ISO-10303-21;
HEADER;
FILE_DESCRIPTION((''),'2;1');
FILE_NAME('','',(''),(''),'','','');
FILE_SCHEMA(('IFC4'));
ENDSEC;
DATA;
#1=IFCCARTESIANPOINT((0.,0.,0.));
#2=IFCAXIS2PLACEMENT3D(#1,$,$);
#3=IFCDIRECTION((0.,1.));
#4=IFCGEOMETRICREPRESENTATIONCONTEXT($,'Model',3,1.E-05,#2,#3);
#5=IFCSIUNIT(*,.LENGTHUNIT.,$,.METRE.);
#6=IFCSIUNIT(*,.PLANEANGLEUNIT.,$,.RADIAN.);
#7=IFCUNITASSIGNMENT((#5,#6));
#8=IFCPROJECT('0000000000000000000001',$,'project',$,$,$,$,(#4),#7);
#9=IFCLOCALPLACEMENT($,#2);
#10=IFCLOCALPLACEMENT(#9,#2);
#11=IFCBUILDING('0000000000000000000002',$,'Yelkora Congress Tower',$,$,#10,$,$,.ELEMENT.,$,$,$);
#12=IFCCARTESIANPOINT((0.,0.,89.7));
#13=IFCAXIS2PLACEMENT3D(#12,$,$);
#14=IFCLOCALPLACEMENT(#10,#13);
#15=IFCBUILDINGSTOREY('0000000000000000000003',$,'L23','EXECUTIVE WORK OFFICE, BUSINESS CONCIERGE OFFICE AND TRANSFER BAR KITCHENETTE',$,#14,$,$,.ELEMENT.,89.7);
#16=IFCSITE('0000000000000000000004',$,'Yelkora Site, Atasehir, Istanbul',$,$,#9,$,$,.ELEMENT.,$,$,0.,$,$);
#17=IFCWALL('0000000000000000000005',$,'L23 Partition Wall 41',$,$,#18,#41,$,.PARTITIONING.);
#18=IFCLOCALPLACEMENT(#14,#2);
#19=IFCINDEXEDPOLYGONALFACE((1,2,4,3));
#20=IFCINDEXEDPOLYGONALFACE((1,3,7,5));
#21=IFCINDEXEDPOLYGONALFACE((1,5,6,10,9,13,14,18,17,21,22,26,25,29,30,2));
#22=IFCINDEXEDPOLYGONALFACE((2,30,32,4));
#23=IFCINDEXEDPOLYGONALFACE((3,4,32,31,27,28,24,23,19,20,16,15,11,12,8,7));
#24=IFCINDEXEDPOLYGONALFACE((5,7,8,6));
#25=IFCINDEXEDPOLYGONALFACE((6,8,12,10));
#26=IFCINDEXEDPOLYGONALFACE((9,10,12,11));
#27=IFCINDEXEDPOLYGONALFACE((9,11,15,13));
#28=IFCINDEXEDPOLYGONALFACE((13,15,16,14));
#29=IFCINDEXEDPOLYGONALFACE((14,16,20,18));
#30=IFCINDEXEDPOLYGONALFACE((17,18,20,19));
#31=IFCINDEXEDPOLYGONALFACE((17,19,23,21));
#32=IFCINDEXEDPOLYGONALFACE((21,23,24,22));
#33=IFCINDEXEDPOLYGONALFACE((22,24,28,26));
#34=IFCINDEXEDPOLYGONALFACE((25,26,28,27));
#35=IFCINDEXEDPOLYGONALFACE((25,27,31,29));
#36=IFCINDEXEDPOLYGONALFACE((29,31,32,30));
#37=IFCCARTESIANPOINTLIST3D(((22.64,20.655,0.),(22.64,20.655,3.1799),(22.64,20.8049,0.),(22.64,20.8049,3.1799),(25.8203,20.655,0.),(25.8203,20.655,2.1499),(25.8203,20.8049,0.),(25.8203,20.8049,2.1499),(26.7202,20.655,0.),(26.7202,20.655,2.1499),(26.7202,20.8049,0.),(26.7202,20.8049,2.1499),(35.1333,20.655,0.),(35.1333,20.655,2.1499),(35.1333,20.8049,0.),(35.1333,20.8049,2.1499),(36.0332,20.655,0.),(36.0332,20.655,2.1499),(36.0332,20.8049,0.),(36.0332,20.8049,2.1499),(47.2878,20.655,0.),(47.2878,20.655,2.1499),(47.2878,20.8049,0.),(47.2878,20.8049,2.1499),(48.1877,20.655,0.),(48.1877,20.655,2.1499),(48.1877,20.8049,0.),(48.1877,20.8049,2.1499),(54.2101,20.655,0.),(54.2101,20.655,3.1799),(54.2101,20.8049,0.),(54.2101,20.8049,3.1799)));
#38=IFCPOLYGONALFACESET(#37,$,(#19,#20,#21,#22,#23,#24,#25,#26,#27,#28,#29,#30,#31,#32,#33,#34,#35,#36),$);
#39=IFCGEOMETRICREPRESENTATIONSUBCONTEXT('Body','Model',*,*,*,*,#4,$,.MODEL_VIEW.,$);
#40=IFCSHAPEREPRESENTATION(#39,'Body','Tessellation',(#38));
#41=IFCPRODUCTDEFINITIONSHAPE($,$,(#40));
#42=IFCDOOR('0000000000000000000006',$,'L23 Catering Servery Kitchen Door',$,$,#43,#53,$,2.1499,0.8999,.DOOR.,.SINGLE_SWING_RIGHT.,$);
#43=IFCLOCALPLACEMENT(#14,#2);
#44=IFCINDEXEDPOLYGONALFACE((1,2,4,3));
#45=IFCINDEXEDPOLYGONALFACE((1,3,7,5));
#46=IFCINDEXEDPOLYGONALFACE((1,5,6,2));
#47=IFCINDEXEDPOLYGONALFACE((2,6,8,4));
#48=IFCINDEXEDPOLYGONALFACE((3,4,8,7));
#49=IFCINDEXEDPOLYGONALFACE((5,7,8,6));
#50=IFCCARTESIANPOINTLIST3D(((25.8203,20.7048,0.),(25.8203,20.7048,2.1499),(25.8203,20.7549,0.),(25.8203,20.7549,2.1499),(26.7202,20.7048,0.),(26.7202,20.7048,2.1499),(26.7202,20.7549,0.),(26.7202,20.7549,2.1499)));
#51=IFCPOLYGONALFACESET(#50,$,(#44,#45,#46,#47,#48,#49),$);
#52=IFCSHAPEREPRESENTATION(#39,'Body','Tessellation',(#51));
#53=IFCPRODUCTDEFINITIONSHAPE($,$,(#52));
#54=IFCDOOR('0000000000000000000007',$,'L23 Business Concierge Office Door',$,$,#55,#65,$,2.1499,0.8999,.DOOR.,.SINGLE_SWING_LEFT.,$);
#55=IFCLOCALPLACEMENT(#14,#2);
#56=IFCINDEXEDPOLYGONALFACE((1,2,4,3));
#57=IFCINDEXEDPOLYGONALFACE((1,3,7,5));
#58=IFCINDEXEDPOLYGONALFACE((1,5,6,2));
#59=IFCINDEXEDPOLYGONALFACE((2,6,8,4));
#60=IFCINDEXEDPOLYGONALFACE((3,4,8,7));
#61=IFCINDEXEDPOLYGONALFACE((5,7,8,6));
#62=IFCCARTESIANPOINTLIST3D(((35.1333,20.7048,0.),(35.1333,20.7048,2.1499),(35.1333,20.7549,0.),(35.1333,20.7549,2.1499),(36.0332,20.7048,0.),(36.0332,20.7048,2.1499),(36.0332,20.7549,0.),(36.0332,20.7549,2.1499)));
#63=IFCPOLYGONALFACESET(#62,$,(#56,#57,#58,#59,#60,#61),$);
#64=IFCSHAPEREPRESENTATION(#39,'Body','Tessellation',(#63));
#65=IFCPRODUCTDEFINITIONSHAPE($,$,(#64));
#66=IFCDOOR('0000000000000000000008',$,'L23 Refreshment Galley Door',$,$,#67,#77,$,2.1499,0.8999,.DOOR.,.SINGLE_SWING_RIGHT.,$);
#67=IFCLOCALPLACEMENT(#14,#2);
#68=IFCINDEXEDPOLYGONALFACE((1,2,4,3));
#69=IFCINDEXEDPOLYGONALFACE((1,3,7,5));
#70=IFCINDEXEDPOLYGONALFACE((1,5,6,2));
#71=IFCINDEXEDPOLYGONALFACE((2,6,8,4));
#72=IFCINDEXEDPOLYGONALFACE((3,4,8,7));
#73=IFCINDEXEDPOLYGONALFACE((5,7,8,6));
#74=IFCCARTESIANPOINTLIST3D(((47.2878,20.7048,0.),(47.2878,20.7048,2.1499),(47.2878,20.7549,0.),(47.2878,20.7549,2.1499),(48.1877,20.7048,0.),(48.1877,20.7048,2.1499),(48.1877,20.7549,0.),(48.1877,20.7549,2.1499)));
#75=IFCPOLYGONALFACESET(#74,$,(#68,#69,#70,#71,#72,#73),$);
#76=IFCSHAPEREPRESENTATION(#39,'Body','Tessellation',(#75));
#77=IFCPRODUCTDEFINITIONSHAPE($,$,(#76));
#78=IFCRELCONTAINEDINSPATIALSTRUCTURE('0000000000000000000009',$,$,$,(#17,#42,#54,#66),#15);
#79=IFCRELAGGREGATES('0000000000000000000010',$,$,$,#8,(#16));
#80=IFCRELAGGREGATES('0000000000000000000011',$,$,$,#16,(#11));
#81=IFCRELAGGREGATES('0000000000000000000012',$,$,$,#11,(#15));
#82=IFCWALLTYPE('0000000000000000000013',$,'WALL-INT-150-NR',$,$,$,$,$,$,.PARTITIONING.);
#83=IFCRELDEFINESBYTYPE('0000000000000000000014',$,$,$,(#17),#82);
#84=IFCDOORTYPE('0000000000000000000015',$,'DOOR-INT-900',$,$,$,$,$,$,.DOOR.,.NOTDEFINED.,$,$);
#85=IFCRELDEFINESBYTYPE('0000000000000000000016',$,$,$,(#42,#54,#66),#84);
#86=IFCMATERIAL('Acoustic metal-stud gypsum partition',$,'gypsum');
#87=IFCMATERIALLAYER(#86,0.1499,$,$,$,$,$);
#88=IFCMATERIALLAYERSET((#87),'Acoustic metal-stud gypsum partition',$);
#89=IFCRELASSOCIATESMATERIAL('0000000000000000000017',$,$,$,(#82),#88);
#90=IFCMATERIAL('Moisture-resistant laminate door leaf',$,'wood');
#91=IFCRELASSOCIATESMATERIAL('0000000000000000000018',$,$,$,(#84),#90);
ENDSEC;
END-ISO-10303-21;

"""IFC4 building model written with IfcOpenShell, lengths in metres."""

from ifc_helpers import new_model, si_unit, direction, frame, frame_2d, origin, place, context, subcontext, project, spatial, rectangle, extrude, material, layer, layer_set, type_object, element, fill, save


model = new_model("IFC4")

# Units and contexts
model_context = context("Model", 3, precision=1e-05, world=origin(), true_north=direction((0.0, 1.0)))
body_context = subcontext(model_context, "Body", "Model", "MODEL_VIEW")
ifc_project = project(units=[si_unit("LENGTHUNIT", "METRE"), si_unit("PLANEANGLEUNIT", "RADIAN")], contexts=[model_context])

# Site, building, storey
site_placement = place(None, origin())
site = spatial("IfcSite", under=ifc_project, at=site_placement, Name="Yelkora Site, Atasehir, Istanbul", CompositionType="ELEMENT", RefElevation=0.0)
building_placement = place(site_placement, origin())
building = spatial("IfcBuilding", under=site, at=building_placement, Name="Yelkora Congress Tower", CompositionType="ELEMENT")
storey_placement = place(building_placement, frame((0.0, 0.0, 89.7)))
storey = spatial("IfcBuildingStorey", under=building, at=storey_placement, Name="L23", Description="EXECUTIVE WORK OFFICE, BUSINESS CONCIERGE OFFICE AND TRANSFER BAR KITCHENETTE", CompositionType="ELEMENT", Elevation=89.7)

# Shared definitions
ifc_material_1 = material(Name="Acoustic metal-stud gypsum partition", Category="gypsum")
ifc_layer_1 = layer(ifc_material_1, 0.1499)
ifc_layer_set_1 = layer_set([ifc_layer_1], Name="Acoustic metal-stud gypsum partition")
wall_type = type_object("IfcWallType", Name="WALL-INT-150-NR", PredefinedType="PARTITIONING", material=ifc_layer_set_1)
ifc_material_2 = material(Name="Moisture-resistant laminate door leaf", Category="wood")
door_type = type_object("IfcDoorType", Name="DOOR-INT-900", OperationType="NOTDEFINED", PredefinedType="DOOR", material=ifc_material_2)

# Wall, openings, doors
wall_1_placement = place(storey_placement, frame((22.6399, 20.73, 0.0), z_axis=(0.0, 0.0, 1.0), x_axis=(1.0, 0.0, 0.0)))
wall_1 = element("IfcWall", 1, at=wall_1_placement, inside=storey, type_object=wall_type, Name="L23 Partition Wall 41", PredefinedType="PARTITIONING", context=body_context, shape_type="SweptSolid", body=[
    extrude(rectangle(XDim=31.5701, YDim=0.1499, at=frame_2d((15.7852, 0.0))), origin(), (0.0, 0.0, 1.0), 3.1799),
])
opening_1_placement = place(wall_1_placement, frame((3.1804, 0.0, 0.0)))
opening_1 = element("IfcOpeningElement", 2, at=opening_1_placement, cuts=wall_1, PredefinedType="OPENING", context=body_context, shape_type="SweptSolid", body=[
    extrude(rectangle(XDim=0.8999, YDim=2.1499, at=frame_2d((0.45, 1.075))), frame((0.0, 0.085, 0.0), z_axis=(0.0, -1.0, 0.0), x_axis=(1.0, 0.0, 0.0)), (0.0, 0.0, 1.0), 0.1699),
])
opening_2_placement = place(wall_1_placement, frame((12.4934, 0.0, 0.0)))
opening_2 = element("IfcOpeningElement", 3, at=opening_2_placement, cuts=wall_1, PredefinedType="OPENING", context=body_context, shape_type="SweptSolid", body=[
    extrude(rectangle(XDim=0.8999, YDim=2.1499, at=frame_2d((0.45, 1.075))), frame((0.0, 0.085, 0.0), z_axis=(0.0, -1.0, 0.0), x_axis=(1.0, 0.0, 0.0)), (0.0, 0.0, 1.0), 0.1699),
])
opening_3_placement = place(wall_1_placement, frame((24.6479, 0.0, 0.0)))
opening_3 = element("IfcOpeningElement", 4, at=opening_3_placement, cuts=wall_1, PredefinedType="OPENING", context=body_context, shape_type="SweptSolid", body=[
    extrude(rectangle(XDim=0.8999, YDim=2.1499, at=frame_2d((0.45, 1.075))), frame((0.0, 0.085, 0.0), z_axis=(0.0, -1.0, 0.0), x_axis=(1.0, 0.0, 0.0)), (0.0, 0.0, 1.0), 0.1699),
])
door_1_placement = place(opening_1_placement, origin())
door_1 = element("IfcDoor", 5, at=door_1_placement, inside=storey, type_object=door_type, Name="L23 Catering Servery Kitchen Door", OperationType="SINGLE_SWING_RIGHT", OverallHeight=2.1499, OverallWidth=0.8999, PredefinedType="DOOR", context=body_context, shape_type="SweptSolid", body=[
    extrude(rectangle(XDim=0.8999, YDim=2.1499, at=frame_2d((0.45, 1.075))), frame((0.0, 0.0249, 0.0), z_axis=(0.0, -1.0, 0.0), x_axis=(1.0, 0.0, 0.0)), (0.0, 0.0, 1.0), 0.05),
])
fill(opening_1, door_1)
door_2_placement = place(opening_2_placement, origin())
door_2 = element("IfcDoor", 6, at=door_2_placement, inside=storey, type_object=door_type, Name="L23 Business Concierge Office Door", OperationType="SINGLE_SWING_LEFT", OverallHeight=2.1499, OverallWidth=0.8999, PredefinedType="DOOR", context=body_context, shape_type="SweptSolid", body=[
    extrude(rectangle(XDim=0.8999, YDim=2.1499, at=frame_2d((0.45, 1.075))), frame((0.0, 0.0249, 0.0), z_axis=(0.0, -1.0, 0.0), x_axis=(1.0, 0.0, 0.0)), (0.0, 0.0, 1.0), 0.05),
])
fill(opening_2, door_2)
door_3_placement = place(opening_3_placement, origin())
door_3 = element("IfcDoor", 7, at=door_3_placement, inside=storey, type_object=door_type, Name="L23 Refreshment Galley Door", OperationType="SINGLE_SWING_RIGHT", OverallHeight=2.1499, OverallWidth=0.8999, PredefinedType="DOOR", context=body_context, shape_type="SweptSolid", body=[
    extrude(rectangle(XDim=0.8999, YDim=2.1499, at=frame_2d((0.45, 1.075))), frame((0.0, 0.0249, 0.0), z_axis=(0.0, -1.0, 0.0), x_axis=(1.0, 0.0, 0.0)), (0.0, 0.0, 1.0), 0.05),
])
fill(opening_3, door_3)

save(model, "model.ifc")
